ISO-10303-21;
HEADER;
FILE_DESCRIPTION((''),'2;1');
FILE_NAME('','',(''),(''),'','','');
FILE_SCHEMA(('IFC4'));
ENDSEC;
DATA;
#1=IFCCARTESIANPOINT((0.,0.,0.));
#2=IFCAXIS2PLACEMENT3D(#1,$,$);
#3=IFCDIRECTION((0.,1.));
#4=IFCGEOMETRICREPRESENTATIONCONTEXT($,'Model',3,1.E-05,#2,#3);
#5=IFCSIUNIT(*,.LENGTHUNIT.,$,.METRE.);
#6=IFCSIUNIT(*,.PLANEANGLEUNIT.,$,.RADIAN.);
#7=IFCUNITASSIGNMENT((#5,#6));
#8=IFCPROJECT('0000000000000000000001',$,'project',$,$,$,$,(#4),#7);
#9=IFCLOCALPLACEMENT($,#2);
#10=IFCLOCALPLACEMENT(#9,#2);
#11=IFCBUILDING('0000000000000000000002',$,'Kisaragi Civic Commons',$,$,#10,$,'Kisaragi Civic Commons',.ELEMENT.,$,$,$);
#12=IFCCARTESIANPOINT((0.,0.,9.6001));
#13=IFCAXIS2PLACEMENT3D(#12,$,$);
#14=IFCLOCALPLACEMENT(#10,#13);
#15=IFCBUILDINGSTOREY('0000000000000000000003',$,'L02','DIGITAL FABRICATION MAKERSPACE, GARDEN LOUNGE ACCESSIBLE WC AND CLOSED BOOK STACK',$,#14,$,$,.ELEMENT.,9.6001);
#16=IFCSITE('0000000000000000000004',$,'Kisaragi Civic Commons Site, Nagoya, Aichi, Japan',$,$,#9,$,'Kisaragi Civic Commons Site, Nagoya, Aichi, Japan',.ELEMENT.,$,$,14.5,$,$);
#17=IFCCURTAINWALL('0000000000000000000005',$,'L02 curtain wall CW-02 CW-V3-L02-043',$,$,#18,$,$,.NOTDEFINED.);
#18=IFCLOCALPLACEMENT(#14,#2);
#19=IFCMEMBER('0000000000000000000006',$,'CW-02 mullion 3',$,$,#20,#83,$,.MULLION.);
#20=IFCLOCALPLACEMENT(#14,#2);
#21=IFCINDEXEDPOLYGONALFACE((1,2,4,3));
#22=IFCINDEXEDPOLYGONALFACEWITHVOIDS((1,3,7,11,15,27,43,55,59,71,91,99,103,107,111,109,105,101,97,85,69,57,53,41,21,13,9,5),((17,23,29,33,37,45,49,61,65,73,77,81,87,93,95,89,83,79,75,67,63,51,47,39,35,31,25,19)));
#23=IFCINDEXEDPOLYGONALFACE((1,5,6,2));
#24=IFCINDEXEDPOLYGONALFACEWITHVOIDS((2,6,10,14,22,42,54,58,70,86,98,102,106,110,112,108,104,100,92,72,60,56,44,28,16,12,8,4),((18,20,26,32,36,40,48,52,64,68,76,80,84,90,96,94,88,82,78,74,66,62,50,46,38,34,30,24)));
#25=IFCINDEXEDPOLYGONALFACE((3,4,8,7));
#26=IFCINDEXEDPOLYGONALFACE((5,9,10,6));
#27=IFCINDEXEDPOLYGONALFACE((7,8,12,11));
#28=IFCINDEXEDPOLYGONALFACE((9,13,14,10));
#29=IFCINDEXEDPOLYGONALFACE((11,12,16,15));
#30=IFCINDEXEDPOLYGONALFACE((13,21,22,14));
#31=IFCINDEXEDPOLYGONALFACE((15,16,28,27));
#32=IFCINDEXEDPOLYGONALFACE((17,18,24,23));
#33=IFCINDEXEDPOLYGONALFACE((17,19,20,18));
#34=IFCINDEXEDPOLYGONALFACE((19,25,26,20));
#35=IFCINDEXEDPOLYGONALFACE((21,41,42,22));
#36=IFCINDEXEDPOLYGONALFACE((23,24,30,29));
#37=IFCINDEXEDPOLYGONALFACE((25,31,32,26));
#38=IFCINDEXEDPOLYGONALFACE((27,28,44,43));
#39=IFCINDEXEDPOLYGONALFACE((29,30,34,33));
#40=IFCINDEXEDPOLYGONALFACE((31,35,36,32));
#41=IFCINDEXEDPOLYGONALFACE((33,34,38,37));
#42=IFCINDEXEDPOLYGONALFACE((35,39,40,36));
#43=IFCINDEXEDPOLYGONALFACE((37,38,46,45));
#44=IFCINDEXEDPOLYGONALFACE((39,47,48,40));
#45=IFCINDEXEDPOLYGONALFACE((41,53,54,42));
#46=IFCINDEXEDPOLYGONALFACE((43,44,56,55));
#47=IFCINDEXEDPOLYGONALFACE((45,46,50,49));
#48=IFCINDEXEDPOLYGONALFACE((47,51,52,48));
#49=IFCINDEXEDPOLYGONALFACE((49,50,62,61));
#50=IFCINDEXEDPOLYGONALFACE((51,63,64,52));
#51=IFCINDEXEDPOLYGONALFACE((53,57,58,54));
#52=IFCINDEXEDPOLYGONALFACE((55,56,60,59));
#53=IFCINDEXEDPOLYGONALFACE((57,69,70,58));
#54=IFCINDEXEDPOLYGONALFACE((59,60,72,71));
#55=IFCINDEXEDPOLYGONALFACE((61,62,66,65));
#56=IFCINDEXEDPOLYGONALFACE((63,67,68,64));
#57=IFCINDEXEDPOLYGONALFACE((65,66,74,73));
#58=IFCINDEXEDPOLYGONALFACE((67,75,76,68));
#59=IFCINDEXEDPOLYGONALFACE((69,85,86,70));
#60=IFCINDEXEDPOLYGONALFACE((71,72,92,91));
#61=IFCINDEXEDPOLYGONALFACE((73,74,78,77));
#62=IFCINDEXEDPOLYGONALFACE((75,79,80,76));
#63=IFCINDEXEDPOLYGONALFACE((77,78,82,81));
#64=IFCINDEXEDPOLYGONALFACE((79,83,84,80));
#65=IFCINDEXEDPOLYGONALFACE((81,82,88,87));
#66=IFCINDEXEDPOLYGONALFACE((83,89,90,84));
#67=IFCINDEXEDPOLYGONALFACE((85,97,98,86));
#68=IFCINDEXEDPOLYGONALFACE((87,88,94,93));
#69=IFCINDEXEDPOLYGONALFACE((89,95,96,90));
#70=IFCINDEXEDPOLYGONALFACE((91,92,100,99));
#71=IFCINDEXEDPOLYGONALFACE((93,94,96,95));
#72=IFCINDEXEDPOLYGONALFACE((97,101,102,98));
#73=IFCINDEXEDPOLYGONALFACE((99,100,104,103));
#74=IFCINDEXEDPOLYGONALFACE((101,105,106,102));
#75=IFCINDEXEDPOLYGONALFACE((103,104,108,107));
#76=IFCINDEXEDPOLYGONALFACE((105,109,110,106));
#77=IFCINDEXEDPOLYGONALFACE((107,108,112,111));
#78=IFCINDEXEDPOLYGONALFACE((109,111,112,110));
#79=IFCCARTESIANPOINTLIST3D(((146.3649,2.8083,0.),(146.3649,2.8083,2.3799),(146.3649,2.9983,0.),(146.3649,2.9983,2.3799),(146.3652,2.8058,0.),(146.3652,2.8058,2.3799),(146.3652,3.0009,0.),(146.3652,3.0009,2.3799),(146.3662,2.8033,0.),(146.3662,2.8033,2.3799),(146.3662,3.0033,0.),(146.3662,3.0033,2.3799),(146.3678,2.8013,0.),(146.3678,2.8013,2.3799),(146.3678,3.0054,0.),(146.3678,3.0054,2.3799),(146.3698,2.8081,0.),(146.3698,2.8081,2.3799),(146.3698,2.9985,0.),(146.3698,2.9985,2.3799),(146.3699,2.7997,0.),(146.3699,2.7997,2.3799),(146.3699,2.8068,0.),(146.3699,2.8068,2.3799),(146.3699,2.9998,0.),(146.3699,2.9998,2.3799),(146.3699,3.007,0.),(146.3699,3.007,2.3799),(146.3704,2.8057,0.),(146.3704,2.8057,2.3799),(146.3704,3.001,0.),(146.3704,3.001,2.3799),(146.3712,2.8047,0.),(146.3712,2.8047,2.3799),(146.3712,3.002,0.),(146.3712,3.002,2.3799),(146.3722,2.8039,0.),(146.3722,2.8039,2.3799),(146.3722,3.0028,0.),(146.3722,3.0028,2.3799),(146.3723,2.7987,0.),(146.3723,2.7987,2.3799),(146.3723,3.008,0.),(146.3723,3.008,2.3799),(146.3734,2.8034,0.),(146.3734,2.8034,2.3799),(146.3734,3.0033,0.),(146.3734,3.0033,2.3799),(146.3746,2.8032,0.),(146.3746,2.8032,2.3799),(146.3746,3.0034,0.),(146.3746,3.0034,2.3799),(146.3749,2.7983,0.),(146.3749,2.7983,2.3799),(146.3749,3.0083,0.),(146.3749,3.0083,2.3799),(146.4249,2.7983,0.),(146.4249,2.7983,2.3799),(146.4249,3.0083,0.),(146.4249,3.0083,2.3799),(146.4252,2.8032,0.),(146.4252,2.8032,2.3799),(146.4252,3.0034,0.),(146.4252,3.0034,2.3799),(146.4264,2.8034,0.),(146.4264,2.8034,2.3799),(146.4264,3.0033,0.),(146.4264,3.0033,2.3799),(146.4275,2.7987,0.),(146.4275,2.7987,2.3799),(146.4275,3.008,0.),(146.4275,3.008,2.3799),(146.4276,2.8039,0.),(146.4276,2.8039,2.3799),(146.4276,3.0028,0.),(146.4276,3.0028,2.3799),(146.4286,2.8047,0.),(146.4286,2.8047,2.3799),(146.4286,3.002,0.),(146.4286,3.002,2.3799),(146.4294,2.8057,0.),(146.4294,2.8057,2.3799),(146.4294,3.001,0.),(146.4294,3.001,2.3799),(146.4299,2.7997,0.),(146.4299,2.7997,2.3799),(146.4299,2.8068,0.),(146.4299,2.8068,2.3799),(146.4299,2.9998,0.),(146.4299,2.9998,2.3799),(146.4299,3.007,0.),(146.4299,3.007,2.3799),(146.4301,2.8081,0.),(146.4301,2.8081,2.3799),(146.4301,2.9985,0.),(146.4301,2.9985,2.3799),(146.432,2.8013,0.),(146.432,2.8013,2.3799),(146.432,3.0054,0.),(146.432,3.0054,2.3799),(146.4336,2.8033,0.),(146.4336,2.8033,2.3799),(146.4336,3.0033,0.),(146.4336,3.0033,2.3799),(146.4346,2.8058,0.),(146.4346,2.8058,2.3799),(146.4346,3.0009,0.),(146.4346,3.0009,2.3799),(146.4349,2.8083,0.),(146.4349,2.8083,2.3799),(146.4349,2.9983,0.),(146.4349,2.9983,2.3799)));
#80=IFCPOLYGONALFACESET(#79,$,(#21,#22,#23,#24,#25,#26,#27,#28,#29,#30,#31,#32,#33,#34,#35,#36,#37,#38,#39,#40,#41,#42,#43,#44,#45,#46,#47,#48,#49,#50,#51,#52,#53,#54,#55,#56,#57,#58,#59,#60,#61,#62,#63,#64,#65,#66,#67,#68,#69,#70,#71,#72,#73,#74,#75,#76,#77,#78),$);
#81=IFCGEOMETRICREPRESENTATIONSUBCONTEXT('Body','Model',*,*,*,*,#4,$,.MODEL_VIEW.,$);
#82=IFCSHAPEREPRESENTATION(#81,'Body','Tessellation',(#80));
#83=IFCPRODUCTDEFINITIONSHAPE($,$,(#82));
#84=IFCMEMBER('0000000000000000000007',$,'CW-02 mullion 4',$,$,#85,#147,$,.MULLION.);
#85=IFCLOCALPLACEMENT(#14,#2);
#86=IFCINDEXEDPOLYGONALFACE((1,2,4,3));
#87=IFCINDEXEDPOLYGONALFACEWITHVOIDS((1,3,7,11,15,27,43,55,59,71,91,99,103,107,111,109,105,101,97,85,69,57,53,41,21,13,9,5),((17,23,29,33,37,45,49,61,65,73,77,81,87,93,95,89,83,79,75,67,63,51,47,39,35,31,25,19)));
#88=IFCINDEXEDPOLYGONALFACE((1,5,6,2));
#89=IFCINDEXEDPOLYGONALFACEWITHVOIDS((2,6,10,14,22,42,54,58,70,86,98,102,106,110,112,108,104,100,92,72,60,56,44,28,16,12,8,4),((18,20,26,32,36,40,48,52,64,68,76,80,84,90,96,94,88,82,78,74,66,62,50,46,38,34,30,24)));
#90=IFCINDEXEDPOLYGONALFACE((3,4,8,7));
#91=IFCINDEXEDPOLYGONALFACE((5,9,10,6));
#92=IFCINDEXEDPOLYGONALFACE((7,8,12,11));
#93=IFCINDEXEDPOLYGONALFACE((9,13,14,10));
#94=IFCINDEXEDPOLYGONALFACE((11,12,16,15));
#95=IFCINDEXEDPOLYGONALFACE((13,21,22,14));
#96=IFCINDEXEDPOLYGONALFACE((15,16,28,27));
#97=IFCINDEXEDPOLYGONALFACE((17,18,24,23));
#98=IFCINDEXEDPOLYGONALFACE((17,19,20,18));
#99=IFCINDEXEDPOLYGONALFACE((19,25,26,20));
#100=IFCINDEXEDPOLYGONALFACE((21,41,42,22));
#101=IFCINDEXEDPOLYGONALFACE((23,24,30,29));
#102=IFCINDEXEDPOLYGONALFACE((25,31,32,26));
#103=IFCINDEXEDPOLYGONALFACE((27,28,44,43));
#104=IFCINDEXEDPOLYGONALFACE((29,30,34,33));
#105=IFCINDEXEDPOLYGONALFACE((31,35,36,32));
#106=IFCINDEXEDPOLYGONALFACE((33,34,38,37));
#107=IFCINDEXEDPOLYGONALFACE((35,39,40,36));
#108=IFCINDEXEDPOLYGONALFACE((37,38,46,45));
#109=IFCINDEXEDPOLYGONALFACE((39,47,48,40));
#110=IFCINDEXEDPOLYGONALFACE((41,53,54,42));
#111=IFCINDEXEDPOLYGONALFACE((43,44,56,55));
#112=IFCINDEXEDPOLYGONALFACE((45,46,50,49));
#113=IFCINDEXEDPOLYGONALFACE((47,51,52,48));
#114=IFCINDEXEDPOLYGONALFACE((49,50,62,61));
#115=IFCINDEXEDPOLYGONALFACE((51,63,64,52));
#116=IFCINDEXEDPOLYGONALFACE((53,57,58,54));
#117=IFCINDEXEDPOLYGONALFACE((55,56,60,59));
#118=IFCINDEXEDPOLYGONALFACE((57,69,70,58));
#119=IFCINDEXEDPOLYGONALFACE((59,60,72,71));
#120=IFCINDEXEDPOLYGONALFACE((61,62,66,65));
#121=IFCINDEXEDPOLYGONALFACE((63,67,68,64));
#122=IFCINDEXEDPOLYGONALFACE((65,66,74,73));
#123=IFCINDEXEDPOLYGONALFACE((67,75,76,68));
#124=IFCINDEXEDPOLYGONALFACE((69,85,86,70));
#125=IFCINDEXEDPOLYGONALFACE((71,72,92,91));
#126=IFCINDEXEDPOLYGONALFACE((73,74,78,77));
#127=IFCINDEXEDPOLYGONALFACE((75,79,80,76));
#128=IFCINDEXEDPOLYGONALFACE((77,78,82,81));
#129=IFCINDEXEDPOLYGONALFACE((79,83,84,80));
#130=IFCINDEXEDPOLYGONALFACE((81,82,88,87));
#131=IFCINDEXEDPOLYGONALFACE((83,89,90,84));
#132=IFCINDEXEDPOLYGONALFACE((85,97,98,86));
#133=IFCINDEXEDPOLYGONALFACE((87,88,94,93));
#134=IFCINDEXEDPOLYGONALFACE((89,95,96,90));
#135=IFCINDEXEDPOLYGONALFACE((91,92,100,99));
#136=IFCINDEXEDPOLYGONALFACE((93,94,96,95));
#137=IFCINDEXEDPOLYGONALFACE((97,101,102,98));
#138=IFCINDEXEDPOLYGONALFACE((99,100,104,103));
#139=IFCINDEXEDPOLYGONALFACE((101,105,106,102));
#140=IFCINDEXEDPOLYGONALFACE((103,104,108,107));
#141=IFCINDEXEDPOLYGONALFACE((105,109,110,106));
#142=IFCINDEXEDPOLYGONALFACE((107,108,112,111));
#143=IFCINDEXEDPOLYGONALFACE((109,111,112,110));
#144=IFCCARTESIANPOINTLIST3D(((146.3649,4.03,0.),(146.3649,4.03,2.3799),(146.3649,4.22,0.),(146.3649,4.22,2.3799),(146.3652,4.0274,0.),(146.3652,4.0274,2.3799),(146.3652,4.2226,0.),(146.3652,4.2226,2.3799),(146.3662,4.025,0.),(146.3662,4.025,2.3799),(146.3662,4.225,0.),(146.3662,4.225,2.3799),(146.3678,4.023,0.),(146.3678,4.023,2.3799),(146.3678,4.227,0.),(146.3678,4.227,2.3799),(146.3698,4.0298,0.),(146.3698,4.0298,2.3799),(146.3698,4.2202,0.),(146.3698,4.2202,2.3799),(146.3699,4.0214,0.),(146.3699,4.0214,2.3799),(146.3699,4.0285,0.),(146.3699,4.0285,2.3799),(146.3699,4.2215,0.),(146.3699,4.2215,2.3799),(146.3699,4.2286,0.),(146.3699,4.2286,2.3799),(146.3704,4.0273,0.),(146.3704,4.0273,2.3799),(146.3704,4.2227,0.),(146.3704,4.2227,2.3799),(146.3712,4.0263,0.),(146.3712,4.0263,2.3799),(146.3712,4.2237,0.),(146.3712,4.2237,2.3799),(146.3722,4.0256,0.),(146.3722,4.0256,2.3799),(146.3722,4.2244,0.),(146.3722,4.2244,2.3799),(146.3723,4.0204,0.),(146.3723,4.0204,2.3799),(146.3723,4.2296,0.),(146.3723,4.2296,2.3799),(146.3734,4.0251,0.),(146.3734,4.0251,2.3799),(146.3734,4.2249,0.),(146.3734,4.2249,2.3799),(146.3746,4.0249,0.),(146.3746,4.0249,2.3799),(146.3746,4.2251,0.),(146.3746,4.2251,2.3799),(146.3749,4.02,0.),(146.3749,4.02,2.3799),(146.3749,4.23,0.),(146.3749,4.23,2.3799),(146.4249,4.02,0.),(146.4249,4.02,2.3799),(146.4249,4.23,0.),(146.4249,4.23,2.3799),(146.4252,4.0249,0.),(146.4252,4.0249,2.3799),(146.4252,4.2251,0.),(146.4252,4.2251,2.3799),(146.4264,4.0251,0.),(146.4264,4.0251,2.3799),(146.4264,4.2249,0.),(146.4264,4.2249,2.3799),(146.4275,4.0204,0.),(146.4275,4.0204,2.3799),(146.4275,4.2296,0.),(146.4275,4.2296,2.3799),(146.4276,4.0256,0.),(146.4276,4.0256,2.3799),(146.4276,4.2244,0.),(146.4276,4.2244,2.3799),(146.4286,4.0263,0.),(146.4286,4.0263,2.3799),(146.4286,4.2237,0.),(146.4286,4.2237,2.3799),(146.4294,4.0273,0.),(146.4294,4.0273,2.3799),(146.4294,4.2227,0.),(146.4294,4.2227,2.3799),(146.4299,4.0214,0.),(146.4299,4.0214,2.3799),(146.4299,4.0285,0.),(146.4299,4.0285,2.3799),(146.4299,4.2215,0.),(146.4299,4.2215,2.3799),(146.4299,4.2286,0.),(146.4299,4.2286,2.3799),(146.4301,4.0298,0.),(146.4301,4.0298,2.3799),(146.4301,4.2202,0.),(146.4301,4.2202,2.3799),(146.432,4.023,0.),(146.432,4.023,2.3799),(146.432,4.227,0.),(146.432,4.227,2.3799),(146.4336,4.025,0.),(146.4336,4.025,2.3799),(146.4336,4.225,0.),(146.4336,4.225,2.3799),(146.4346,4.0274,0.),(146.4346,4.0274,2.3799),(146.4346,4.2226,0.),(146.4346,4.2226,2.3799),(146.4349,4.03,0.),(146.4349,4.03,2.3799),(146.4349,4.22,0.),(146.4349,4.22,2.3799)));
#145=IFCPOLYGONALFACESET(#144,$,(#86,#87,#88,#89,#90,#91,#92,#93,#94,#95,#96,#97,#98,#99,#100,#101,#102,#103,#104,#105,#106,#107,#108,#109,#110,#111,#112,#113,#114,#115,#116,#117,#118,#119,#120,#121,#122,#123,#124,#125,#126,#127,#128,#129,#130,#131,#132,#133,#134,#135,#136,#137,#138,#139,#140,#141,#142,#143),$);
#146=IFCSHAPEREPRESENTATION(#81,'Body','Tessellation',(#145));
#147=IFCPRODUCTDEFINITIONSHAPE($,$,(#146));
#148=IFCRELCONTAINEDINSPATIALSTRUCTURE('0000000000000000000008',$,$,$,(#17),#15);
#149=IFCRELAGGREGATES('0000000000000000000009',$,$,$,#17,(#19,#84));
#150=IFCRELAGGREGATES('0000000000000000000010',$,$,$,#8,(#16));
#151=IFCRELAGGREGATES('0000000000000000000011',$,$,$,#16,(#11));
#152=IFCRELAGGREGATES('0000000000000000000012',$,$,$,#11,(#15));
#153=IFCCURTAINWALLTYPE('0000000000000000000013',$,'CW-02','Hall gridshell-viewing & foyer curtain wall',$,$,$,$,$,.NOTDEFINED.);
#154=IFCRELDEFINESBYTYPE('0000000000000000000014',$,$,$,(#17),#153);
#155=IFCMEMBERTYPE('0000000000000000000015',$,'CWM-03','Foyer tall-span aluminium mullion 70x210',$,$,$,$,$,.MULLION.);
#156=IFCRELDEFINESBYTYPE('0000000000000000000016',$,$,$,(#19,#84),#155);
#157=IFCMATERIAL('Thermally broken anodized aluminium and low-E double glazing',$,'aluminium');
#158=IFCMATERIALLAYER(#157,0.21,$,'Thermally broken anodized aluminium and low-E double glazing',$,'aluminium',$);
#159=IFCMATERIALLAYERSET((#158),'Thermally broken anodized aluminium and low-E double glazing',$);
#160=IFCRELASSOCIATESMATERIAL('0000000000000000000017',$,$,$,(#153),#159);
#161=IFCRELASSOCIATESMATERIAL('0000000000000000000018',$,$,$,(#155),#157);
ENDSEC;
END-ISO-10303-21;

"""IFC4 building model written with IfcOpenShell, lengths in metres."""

from ifc_helpers import new_model, si_unit, direction, frame, origin, origin_2d, place, context, subcontext, project, spatial, hollow_rectangle, extrude, material, layer, layer_set, material_profile, profile_set, type_object, element, aggregate, save


model = new_model("IFC4")

# Units and contexts
model_context = context("Model", 3, precision=1e-05, world=origin(), true_north=direction((0.0, 1.0)))
body_context = subcontext(model_context, "Body", "Model", "MODEL_VIEW")
ifc_project = project(units=[si_unit("LENGTHUNIT", "METRE"), si_unit("PLANEANGLEUNIT", "RADIAN")], contexts=[model_context])

# Site, building, storey
site_placement = place(None, origin())
site = spatial("IfcSite", under=ifc_project, at=site_placement, Name="Kisaragi Civic Commons Site, Nagoya, Aichi, Japan", LongName="Kisaragi Civic Commons Site, Nagoya, Aichi, Japan", CompositionType="ELEMENT", RefElevation=14.5)
building_placement = place(site_placement, origin())
building = spatial("IfcBuilding", under=site, at=building_placement, Name="Kisaragi Civic Commons", LongName="Kisaragi Civic Commons", CompositionType="ELEMENT")
storey_placement = place(building_placement, frame((0.0, 0.0, 9.6001)))
storey = spatial("IfcBuildingStorey", under=building, at=storey_placement, Name="L02", Description="DIGITAL FABRICATION MAKERSPACE, GARDEN LOUNGE ACCESSIBLE WC AND CLOSED BOOK STACK", CompositionType="ELEMENT", Elevation=9.6001)

# Curtain wall, members
ifc_material_1 = material(Name="Thermally broken anodized aluminium and low-E double glazing", Category="aluminium")
ifc_layer_1 = layer(ifc_material_1, 0.21, Name="Thermally broken anodized aluminium and low-E double glazing", Category="aluminium")
ifc_layer_set_1 = layer_set([ifc_layer_1], Name="Thermally broken anodized aluminium and low-E double glazing")
curtain_wall_type = type_object("IfcCurtainWallType", Name="CW-02", Description="Hall gridshell-viewing & foyer curtain wall", PredefinedType="NOTDEFINED", material=ifc_layer_set_1)
curtain_wall_1_placement = place(storey_placement, origin())
curtain_wall_1 = element("IfcCurtainWall", 1, at=curtain_wall_1_placement, inside=storey, type_object=curtain_wall_type, Name="L02 curtain wall CW-02 CW-V3-L02-043", PredefinedType="NOTDEFINED")
ifc_material_profile_1 = material_profile(ifc_material_1, hollow_rectangle(XDim=0.0701, YDim=0.21, WallThickness=0.0049, InnerFilletRadius=0.0049, OuterFilletRadius=0.01, at=origin_2d()), Name="CWM-70x210x5", Category="aluminium")
ifc_profile_set_1 = profile_set([ifc_material_profile_1], Name="Thermally broken anodized aluminium and low-E double glazing")
member_type_1 = type_object("IfcMemberType", Name="CWM-03", Description="Foyer tall-span aluminium mullion 70x210", PredefinedType="MULLION", material=ifc_profile_set_1)
member_1_placement = place(storey_placement, frame((146.3999, 2.9033, 0.0), z_axis=(0.0, 0.0, 1.0), x_axis=(-1.0, 0.0, 0.0)))
member_1 = element("IfcMember", 2, at=member_1_placement, type_object=member_type_1, Name="CW-02 mullion 3", PredefinedType="MULLION", context=body_context, shape_type="SweptSolid", body=[
    extrude(hollow_rectangle(XDim=0.0701, YDim=0.21, WallThickness=0.0049, InnerFilletRadius=0.0049, OuterFilletRadius=0.01, at=origin_2d()), origin(), (0.0, 0.0, 1.0), 2.3799),
])
member_2_placement = place(storey_placement, frame((146.3999, 4.125, 0.0), z_axis=(0.0, 0.0, 1.0), x_axis=(-1.0, 0.0, 0.0)))
member_2 = element("IfcMember", 3, at=member_2_placement, type_object=member_type_1, Name="CW-02 mullion 4", PredefinedType="MULLION", context=body_context, shape_type="SweptSolid", body=[
    extrude(hollow_rectangle(XDim=0.0701, YDim=0.21, WallThickness=0.0049, InnerFilletRadius=0.0049, OuterFilletRadius=0.01, at=origin_2d()), origin(), (0.0, 0.0, 1.0), 2.3799),
])

aggregate(curtain_wall_1, [member_1, member_2])

save(model, "model.ifc")
